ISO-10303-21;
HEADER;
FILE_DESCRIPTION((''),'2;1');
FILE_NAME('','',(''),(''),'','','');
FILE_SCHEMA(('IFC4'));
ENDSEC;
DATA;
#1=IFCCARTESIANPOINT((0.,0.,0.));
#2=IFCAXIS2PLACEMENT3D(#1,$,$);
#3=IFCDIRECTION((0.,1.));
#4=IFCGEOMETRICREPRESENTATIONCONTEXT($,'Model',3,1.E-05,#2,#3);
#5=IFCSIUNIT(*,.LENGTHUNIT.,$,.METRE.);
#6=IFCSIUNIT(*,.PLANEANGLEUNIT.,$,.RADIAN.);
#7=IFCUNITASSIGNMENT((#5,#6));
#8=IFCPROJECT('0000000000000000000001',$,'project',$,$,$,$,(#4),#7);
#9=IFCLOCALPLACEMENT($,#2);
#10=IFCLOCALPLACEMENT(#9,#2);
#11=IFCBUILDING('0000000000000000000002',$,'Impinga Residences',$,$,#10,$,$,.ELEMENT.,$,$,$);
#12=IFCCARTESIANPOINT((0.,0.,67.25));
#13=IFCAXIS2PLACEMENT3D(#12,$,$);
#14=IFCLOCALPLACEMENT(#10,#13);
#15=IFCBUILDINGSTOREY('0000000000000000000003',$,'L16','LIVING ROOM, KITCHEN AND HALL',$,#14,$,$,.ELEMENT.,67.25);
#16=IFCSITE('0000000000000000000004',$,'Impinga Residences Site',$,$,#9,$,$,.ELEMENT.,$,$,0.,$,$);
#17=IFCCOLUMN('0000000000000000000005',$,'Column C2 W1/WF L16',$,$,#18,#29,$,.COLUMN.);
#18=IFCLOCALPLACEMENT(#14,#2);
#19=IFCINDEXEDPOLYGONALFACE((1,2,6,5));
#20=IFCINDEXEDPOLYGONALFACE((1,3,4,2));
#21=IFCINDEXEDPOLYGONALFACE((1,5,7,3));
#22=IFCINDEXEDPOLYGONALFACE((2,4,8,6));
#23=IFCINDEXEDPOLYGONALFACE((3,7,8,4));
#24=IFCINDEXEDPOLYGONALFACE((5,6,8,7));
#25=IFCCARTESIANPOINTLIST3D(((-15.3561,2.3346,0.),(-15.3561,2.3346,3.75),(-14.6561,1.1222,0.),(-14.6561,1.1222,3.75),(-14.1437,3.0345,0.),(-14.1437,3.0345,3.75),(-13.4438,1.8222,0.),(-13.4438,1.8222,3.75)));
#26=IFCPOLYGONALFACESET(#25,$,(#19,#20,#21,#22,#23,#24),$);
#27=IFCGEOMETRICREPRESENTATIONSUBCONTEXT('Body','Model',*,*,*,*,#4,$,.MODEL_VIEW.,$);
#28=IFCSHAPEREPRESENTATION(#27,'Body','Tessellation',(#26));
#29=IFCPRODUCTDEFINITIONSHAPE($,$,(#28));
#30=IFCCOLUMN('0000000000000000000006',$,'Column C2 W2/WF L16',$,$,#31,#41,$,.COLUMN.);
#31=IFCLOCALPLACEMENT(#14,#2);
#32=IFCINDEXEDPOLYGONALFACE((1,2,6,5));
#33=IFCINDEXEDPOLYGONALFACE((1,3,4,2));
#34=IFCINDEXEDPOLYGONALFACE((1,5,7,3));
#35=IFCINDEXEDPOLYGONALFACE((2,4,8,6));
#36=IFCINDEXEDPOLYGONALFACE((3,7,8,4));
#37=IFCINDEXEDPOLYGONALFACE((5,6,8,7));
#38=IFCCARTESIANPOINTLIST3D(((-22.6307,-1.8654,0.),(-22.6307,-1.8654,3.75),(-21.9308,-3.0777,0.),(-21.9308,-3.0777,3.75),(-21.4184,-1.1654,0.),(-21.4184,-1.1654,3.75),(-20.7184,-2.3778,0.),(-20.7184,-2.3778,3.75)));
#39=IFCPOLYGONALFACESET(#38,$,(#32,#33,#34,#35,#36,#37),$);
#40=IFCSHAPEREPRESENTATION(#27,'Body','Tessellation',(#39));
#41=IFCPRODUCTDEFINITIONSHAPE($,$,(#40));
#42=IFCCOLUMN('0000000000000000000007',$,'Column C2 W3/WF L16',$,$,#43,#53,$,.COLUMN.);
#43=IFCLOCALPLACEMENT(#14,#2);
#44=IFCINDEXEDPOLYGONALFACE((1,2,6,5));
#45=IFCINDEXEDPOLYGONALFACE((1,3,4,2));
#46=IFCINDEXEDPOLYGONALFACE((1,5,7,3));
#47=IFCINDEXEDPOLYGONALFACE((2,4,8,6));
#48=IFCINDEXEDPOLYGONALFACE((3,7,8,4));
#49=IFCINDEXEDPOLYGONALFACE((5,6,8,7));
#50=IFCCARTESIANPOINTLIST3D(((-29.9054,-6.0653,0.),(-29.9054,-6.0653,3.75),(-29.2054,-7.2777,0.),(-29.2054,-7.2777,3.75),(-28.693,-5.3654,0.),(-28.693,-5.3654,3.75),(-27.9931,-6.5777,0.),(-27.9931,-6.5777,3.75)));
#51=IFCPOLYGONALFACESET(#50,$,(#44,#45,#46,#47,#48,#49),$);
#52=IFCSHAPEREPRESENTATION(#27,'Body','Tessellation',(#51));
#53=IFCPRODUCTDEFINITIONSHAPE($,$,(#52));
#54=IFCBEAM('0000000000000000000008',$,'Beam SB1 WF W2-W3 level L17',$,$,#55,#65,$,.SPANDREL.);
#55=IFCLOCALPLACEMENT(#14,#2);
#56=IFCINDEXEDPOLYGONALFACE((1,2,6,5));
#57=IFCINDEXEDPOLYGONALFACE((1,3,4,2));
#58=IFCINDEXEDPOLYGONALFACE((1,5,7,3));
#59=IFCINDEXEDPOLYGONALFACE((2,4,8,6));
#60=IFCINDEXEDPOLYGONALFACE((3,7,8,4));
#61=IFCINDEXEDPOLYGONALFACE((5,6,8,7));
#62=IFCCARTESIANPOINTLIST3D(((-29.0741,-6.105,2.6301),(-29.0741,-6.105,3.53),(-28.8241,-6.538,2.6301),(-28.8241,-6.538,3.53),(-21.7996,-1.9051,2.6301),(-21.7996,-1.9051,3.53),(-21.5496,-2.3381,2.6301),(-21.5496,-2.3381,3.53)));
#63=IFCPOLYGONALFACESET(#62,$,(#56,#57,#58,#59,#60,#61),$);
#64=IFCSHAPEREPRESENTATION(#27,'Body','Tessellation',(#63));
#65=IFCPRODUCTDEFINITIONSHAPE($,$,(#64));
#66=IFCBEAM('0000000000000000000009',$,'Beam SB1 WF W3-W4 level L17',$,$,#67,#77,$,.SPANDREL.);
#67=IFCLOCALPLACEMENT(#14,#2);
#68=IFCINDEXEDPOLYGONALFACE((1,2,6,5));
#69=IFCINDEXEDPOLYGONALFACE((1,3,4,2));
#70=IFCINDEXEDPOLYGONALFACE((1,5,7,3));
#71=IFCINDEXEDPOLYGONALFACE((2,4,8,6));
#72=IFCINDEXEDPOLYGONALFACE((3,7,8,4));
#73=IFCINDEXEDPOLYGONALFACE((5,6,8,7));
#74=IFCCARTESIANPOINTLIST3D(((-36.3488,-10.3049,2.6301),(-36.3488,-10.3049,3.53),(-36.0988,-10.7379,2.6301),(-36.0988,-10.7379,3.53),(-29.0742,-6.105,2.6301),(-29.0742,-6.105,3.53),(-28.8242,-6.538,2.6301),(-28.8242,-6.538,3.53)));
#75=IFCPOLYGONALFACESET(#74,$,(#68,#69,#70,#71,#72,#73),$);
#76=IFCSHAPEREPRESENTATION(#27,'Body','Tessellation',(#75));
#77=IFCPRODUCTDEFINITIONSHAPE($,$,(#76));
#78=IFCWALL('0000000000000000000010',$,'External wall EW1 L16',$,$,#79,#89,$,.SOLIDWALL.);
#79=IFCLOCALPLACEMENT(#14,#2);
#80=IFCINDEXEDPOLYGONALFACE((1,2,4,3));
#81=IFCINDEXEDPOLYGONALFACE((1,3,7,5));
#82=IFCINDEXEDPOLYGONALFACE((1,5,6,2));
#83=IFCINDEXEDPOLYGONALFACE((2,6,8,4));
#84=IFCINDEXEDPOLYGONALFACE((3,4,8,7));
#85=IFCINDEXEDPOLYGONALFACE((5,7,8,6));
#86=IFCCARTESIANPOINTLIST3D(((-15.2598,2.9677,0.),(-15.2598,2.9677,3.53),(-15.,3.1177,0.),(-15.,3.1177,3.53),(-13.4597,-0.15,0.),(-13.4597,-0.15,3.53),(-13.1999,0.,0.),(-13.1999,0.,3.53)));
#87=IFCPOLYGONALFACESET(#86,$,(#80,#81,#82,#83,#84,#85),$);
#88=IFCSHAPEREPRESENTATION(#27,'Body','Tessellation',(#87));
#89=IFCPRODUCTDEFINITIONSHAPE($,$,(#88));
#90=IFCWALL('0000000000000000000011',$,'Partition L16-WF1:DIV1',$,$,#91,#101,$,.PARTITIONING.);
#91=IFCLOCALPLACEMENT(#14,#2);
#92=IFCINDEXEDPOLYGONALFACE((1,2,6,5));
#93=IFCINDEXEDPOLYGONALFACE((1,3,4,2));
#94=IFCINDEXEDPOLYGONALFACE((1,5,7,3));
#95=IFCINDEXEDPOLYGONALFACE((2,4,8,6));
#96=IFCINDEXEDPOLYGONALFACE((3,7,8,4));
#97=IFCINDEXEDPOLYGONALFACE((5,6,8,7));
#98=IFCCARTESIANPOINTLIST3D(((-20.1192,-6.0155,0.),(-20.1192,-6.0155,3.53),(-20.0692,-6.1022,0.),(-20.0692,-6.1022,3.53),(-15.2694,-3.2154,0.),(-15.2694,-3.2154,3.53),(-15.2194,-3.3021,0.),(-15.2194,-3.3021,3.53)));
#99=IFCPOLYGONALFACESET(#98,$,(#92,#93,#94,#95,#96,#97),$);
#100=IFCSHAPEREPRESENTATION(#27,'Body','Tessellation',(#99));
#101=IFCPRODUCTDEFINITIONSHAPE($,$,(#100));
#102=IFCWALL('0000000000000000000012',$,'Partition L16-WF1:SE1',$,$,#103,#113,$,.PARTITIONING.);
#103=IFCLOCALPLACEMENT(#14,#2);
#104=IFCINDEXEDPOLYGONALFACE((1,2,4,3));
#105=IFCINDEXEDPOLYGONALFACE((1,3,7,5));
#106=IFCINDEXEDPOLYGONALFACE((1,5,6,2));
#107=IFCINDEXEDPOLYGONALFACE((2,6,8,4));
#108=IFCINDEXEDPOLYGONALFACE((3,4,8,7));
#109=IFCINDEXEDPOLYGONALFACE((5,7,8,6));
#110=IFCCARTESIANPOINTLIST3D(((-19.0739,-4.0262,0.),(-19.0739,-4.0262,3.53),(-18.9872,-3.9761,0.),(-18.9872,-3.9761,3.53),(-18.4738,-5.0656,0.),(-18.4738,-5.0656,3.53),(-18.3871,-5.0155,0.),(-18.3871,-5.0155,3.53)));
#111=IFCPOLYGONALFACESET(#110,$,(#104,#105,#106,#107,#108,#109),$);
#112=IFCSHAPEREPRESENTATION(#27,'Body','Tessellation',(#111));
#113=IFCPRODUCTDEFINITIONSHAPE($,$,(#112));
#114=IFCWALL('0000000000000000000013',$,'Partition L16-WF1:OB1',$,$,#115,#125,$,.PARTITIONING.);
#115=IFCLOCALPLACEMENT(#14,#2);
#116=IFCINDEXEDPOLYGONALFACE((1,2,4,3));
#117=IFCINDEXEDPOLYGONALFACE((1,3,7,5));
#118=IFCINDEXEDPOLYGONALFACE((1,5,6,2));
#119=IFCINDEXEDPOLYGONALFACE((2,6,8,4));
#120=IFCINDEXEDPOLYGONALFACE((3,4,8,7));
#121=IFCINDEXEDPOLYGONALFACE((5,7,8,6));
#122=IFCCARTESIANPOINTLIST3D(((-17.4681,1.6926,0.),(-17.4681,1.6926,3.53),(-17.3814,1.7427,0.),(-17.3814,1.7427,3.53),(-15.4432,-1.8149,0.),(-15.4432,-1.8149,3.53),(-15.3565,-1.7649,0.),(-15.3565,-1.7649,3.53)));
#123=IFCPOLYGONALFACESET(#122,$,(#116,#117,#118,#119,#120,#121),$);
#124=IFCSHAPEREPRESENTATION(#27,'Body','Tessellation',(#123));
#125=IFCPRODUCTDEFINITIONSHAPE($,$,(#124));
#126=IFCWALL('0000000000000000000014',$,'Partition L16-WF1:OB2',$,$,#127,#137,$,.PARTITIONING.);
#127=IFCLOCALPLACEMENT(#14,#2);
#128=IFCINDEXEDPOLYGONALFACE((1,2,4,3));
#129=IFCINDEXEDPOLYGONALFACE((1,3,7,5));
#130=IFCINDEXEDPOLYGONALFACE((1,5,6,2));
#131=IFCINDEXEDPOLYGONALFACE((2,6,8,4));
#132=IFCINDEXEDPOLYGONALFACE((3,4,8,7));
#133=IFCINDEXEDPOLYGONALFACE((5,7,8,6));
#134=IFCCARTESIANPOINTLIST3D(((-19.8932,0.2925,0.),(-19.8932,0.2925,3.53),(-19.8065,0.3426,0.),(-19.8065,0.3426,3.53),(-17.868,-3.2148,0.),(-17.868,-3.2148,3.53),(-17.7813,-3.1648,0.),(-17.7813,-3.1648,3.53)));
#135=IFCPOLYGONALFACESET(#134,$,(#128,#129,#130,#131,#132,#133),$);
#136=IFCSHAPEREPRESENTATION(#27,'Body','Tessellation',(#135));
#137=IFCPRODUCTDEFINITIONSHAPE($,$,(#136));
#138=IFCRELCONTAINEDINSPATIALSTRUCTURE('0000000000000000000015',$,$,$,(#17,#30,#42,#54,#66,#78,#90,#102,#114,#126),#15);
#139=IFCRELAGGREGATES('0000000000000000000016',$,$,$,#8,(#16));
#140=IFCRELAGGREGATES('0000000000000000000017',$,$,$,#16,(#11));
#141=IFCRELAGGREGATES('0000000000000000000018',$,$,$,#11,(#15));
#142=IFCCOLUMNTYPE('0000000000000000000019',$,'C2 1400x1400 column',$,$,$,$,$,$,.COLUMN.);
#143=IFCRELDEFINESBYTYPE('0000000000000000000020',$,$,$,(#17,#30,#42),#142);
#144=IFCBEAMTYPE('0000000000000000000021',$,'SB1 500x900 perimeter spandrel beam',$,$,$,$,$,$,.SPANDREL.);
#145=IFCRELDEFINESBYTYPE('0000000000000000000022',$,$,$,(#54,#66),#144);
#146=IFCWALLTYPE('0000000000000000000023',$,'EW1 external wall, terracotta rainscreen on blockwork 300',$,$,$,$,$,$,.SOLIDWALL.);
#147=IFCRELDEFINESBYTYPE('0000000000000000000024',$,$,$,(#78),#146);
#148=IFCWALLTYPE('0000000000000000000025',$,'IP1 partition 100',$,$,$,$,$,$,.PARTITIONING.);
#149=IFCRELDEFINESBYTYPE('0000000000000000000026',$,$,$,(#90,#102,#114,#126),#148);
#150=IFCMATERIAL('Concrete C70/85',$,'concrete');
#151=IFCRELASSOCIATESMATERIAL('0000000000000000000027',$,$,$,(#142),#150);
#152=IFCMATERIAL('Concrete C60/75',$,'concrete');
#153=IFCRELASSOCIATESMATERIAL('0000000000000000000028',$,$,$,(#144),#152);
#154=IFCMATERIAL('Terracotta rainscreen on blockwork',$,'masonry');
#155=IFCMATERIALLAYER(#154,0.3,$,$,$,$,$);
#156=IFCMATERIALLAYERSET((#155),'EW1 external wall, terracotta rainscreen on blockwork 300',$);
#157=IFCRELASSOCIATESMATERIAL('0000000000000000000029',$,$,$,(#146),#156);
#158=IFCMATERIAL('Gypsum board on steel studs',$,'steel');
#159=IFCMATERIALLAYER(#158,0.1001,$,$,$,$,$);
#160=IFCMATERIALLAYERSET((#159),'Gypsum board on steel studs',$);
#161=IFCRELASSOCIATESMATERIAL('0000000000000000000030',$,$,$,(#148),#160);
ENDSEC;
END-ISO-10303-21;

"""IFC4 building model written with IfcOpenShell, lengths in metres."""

from ifc_helpers import new_model, si_unit, direction, frame, frame_2d, origin, origin_2d, place, context, subcontext, project, spatial, rectangle, extrude, material, layer, layer_set, material_profile, profile_set, type_object, element, save


model = new_model("IFC4")

# Units and contexts
model_context = context("Model", 3, precision=1e-05, world=origin(), true_north=direction((0.0, 1.0)))
body_context = subcontext(model_context, "Body", "Model", "MODEL_VIEW")
ifc_project = project(units=[si_unit("LENGTHUNIT", "METRE"), si_unit("PLANEANGLEUNIT", "RADIAN")], contexts=[model_context])

# Site, building, storey
site_placement = place(None, origin())
site = spatial("IfcSite", under=ifc_project, at=site_placement, Name="Impinga Residences Site", CompositionType="ELEMENT", RefElevation=0.0)
building_placement = place(site_placement, origin())
building = spatial("IfcBuilding", under=site, at=building_placement, Name="Impinga Residences", CompositionType="ELEMENT")
storey_placement = place(building_placement, frame((0.0, 0.0, 67.25)))
storey = spatial("IfcBuildingStorey", under=building, at=storey_placement, Name="L16", Description="LIVING ROOM, KITCHEN AND HALL", CompositionType="ELEMENT", Elevation=67.25)

# Columns
ifc_material_1 = material(Name="Concrete C70/85", Category="concrete")
ifc_material_profile_1 = material_profile(ifc_material_1, rectangle(XDim=1.3999, YDim=1.3999, at=origin_2d()), Name="RC 1400x1400")
ifc_profile_set_1 = profile_set([ifc_material_profile_1], Name="Concrete C70/85")
column_type = type_object("IfcColumnType", Name="C2 1400x1400 column", PredefinedType="COLUMN", material=ifc_profile_set_1)
for number, where, z_axis, x_axis, name in (
    (1, (-14.3999, 2.0784, 0.0), (0.0, 0.0, 1.0), (-0.5, 0.866025, 0.0), "Column C2 W1/WF L16"),
    (2, (-21.6746, -2.1216, 0.0), (0.0, 0.0, 1.0), (-0.5, 0.866025, 0.0), "Column C2 W2/WF L16"),
    (3, (-28.9492, -6.3215, 0.0), (0.0, 0.0, 1.0), (-0.5, 0.866025, 0.0), "Column C2 W3/WF L16"),
):
    element("IfcColumn", number, at=place(storey_placement, frame(where, z_axis=z_axis, x_axis=x_axis)), inside=storey, type_object=column_type, Name=name, PredefinedType="COLUMN", context=body_context, shape_type="SweptSolid", body=[
        extrude(rectangle(XDim=1.3999, YDim=1.3999, at=origin_2d()), origin(), (0.0, 0.0, 1.0), 3.75),
    ])

# Beams
ifc_material_2 = material(Name="Concrete C60/75", Category="concrete")
ifc_material_profile_2 = material_profile(ifc_material_2, rectangle(XDim=0.5, YDim=0.8999, at=origin_2d()), Name="RC 500x900")
ifc_profile_set_2 = profile_set([ifc_material_profile_2], Name="Concrete C60/75")
beam_type = type_object("IfcBeamType", Name="SB1 500x900 perimeter spandrel beam", PredefinedType="SPANDREL", material=ifc_profile_set_2)
for number, where, z_axis, x_axis, name in (
    (4, (-21.6746, -2.1216, 3.0801), (-0.866029, -0.499993, 0.0), (0.499993, -0.866029, 0.0), "Beam SB1 WF W2-W3 level L17"),
    (5, (-28.9492, -6.3215, 3.0801), (-0.866029, -0.499993, 0.0), (0.499993, -0.866029, 0.0), "Beam SB1 WF W3-W4 level L17"),
):
    element("IfcBeam", number, at=place(storey_placement, frame(where, z_axis=z_axis, x_axis=x_axis)), inside=storey, type_object=beam_type, Name=name, PredefinedType="SPANDREL", context=body_context, shape_type="SweptSolid", body=[
        extrude(rectangle(XDim=0.5, YDim=0.8999, at=origin_2d()), origin(), (0.0, 0.0, 1.0), 8.3999),
    ])

# Walls
ifc_material_3 = material(Name="Terracotta rainscreen on blockwork", Category="masonry")
ifc_layer_1 = layer(ifc_material_3, 0.3)
ifc_layer_set_1 = layer_set([ifc_layer_1], Name="EW1 external wall, terracotta rainscreen on blockwork 300")
wall_type_1 = type_object("IfcWallType", Name="EW1 external wall, terracotta rainscreen on blockwork 300", PredefinedType="SOLIDWALL", material=ifc_layer_set_1)
wall_1_placement = place(storey_placement, frame((-15.1299, 3.0427, 0.0), z_axis=(0.0, 0.0, 1.0), x_axis=(0.500012, -0.866018, 0.0)))
element("IfcWall", 6, at=wall_1_placement, inside=storey, type_object=wall_type_1, Name="External wall EW1 L16", PredefinedType="SOLIDWALL", context=body_context, shape_type="SweptSolid", body=[
    extrude(rectangle(XDim=3.6001, YDim=0.3, at=frame_2d((1.8, 0.0))), origin(), (0.0, 0.0, 1.0), 3.53),
])
ifc_material_4 = material(Name="Gypsum board on steel studs", Category="steel")
ifc_layer_2 = layer(ifc_material_4, 0.1001)
ifc_layer_set_2 = layer_set([ifc_layer_2], Name="Gypsum board on steel studs")
wall_type_2 = type_object("IfcWallType", Name="IP1 partition 100", PredefinedType="PARTITIONING", material=ifc_layer_set_2)
wall_2_placement = place(storey_placement, frame((-15.2444, -3.2588, 0.0), z_axis=(0.0, 0.0, 1.0), x_axis=(-0.866027, -0.499998, 0.0)))
element("IfcWall", 7, at=wall_2_placement, inside=storey, type_object=wall_type_2, Name="Partition L16-WF1:DIV1", PredefinedType="PARTITIONING", context=body_context, shape_type="SweptSolid", body=[
    extrude(rectangle(XDim=5.6001, YDim=0.1001, at=frame_2d((2.8, 0.0))), origin(), (0.0, 0.0, 1.0), 3.53),
])
wall_3_placement = place(storey_placement, frame((-18.4304, -5.0405, 0.0), z_axis=(0.0, 0.0, 1.0), x_axis=(-0.500034, 0.866006, 0.0)))
element("IfcWall", 8, at=wall_3_placement, inside=storey, type_object=wall_type_2, Name="Partition L16-WF1:SE1", PredefinedType="PARTITIONING", context=body_context, shape_type="SweptSolid", body=[
    extrude(rectangle(XDim=1.2002, YDim=0.1001, at=frame_2d((0.6001, 0.0))), origin(), (0.0, 0.0, 1.0), 3.53),
])
for number, where, z_axis, x_axis, name in (
    (9, (-15.3999, -1.7898, 0.0), (0.0, 0.0, 1.0), (-0.499964, 0.866046, 0.0), "Partition L16-WF1:OB1"),
    (10, (-17.8247, -3.1897, 0.0), (0.0, 0.0, 1.0), (-0.500036, 0.866005, 0.0), "Partition L16-WF1:OB2"),
):
    element("IfcWall", number, at=place(storey_placement, frame(where, z_axis=z_axis, x_axis=x_axis)), inside=storey, type_object=wall_type_2, Name=name, PredefinedType="PARTITIONING", context=body_context, shape_type="SweptSolid", body=[
        extrude(rectangle(XDim=4.05, YDim=0.1001, at=frame_2d((2.0249, 0.0))), origin(), (0.0, 0.0, 1.0), 3.53),
    ])

save(model, "model.ifc")
